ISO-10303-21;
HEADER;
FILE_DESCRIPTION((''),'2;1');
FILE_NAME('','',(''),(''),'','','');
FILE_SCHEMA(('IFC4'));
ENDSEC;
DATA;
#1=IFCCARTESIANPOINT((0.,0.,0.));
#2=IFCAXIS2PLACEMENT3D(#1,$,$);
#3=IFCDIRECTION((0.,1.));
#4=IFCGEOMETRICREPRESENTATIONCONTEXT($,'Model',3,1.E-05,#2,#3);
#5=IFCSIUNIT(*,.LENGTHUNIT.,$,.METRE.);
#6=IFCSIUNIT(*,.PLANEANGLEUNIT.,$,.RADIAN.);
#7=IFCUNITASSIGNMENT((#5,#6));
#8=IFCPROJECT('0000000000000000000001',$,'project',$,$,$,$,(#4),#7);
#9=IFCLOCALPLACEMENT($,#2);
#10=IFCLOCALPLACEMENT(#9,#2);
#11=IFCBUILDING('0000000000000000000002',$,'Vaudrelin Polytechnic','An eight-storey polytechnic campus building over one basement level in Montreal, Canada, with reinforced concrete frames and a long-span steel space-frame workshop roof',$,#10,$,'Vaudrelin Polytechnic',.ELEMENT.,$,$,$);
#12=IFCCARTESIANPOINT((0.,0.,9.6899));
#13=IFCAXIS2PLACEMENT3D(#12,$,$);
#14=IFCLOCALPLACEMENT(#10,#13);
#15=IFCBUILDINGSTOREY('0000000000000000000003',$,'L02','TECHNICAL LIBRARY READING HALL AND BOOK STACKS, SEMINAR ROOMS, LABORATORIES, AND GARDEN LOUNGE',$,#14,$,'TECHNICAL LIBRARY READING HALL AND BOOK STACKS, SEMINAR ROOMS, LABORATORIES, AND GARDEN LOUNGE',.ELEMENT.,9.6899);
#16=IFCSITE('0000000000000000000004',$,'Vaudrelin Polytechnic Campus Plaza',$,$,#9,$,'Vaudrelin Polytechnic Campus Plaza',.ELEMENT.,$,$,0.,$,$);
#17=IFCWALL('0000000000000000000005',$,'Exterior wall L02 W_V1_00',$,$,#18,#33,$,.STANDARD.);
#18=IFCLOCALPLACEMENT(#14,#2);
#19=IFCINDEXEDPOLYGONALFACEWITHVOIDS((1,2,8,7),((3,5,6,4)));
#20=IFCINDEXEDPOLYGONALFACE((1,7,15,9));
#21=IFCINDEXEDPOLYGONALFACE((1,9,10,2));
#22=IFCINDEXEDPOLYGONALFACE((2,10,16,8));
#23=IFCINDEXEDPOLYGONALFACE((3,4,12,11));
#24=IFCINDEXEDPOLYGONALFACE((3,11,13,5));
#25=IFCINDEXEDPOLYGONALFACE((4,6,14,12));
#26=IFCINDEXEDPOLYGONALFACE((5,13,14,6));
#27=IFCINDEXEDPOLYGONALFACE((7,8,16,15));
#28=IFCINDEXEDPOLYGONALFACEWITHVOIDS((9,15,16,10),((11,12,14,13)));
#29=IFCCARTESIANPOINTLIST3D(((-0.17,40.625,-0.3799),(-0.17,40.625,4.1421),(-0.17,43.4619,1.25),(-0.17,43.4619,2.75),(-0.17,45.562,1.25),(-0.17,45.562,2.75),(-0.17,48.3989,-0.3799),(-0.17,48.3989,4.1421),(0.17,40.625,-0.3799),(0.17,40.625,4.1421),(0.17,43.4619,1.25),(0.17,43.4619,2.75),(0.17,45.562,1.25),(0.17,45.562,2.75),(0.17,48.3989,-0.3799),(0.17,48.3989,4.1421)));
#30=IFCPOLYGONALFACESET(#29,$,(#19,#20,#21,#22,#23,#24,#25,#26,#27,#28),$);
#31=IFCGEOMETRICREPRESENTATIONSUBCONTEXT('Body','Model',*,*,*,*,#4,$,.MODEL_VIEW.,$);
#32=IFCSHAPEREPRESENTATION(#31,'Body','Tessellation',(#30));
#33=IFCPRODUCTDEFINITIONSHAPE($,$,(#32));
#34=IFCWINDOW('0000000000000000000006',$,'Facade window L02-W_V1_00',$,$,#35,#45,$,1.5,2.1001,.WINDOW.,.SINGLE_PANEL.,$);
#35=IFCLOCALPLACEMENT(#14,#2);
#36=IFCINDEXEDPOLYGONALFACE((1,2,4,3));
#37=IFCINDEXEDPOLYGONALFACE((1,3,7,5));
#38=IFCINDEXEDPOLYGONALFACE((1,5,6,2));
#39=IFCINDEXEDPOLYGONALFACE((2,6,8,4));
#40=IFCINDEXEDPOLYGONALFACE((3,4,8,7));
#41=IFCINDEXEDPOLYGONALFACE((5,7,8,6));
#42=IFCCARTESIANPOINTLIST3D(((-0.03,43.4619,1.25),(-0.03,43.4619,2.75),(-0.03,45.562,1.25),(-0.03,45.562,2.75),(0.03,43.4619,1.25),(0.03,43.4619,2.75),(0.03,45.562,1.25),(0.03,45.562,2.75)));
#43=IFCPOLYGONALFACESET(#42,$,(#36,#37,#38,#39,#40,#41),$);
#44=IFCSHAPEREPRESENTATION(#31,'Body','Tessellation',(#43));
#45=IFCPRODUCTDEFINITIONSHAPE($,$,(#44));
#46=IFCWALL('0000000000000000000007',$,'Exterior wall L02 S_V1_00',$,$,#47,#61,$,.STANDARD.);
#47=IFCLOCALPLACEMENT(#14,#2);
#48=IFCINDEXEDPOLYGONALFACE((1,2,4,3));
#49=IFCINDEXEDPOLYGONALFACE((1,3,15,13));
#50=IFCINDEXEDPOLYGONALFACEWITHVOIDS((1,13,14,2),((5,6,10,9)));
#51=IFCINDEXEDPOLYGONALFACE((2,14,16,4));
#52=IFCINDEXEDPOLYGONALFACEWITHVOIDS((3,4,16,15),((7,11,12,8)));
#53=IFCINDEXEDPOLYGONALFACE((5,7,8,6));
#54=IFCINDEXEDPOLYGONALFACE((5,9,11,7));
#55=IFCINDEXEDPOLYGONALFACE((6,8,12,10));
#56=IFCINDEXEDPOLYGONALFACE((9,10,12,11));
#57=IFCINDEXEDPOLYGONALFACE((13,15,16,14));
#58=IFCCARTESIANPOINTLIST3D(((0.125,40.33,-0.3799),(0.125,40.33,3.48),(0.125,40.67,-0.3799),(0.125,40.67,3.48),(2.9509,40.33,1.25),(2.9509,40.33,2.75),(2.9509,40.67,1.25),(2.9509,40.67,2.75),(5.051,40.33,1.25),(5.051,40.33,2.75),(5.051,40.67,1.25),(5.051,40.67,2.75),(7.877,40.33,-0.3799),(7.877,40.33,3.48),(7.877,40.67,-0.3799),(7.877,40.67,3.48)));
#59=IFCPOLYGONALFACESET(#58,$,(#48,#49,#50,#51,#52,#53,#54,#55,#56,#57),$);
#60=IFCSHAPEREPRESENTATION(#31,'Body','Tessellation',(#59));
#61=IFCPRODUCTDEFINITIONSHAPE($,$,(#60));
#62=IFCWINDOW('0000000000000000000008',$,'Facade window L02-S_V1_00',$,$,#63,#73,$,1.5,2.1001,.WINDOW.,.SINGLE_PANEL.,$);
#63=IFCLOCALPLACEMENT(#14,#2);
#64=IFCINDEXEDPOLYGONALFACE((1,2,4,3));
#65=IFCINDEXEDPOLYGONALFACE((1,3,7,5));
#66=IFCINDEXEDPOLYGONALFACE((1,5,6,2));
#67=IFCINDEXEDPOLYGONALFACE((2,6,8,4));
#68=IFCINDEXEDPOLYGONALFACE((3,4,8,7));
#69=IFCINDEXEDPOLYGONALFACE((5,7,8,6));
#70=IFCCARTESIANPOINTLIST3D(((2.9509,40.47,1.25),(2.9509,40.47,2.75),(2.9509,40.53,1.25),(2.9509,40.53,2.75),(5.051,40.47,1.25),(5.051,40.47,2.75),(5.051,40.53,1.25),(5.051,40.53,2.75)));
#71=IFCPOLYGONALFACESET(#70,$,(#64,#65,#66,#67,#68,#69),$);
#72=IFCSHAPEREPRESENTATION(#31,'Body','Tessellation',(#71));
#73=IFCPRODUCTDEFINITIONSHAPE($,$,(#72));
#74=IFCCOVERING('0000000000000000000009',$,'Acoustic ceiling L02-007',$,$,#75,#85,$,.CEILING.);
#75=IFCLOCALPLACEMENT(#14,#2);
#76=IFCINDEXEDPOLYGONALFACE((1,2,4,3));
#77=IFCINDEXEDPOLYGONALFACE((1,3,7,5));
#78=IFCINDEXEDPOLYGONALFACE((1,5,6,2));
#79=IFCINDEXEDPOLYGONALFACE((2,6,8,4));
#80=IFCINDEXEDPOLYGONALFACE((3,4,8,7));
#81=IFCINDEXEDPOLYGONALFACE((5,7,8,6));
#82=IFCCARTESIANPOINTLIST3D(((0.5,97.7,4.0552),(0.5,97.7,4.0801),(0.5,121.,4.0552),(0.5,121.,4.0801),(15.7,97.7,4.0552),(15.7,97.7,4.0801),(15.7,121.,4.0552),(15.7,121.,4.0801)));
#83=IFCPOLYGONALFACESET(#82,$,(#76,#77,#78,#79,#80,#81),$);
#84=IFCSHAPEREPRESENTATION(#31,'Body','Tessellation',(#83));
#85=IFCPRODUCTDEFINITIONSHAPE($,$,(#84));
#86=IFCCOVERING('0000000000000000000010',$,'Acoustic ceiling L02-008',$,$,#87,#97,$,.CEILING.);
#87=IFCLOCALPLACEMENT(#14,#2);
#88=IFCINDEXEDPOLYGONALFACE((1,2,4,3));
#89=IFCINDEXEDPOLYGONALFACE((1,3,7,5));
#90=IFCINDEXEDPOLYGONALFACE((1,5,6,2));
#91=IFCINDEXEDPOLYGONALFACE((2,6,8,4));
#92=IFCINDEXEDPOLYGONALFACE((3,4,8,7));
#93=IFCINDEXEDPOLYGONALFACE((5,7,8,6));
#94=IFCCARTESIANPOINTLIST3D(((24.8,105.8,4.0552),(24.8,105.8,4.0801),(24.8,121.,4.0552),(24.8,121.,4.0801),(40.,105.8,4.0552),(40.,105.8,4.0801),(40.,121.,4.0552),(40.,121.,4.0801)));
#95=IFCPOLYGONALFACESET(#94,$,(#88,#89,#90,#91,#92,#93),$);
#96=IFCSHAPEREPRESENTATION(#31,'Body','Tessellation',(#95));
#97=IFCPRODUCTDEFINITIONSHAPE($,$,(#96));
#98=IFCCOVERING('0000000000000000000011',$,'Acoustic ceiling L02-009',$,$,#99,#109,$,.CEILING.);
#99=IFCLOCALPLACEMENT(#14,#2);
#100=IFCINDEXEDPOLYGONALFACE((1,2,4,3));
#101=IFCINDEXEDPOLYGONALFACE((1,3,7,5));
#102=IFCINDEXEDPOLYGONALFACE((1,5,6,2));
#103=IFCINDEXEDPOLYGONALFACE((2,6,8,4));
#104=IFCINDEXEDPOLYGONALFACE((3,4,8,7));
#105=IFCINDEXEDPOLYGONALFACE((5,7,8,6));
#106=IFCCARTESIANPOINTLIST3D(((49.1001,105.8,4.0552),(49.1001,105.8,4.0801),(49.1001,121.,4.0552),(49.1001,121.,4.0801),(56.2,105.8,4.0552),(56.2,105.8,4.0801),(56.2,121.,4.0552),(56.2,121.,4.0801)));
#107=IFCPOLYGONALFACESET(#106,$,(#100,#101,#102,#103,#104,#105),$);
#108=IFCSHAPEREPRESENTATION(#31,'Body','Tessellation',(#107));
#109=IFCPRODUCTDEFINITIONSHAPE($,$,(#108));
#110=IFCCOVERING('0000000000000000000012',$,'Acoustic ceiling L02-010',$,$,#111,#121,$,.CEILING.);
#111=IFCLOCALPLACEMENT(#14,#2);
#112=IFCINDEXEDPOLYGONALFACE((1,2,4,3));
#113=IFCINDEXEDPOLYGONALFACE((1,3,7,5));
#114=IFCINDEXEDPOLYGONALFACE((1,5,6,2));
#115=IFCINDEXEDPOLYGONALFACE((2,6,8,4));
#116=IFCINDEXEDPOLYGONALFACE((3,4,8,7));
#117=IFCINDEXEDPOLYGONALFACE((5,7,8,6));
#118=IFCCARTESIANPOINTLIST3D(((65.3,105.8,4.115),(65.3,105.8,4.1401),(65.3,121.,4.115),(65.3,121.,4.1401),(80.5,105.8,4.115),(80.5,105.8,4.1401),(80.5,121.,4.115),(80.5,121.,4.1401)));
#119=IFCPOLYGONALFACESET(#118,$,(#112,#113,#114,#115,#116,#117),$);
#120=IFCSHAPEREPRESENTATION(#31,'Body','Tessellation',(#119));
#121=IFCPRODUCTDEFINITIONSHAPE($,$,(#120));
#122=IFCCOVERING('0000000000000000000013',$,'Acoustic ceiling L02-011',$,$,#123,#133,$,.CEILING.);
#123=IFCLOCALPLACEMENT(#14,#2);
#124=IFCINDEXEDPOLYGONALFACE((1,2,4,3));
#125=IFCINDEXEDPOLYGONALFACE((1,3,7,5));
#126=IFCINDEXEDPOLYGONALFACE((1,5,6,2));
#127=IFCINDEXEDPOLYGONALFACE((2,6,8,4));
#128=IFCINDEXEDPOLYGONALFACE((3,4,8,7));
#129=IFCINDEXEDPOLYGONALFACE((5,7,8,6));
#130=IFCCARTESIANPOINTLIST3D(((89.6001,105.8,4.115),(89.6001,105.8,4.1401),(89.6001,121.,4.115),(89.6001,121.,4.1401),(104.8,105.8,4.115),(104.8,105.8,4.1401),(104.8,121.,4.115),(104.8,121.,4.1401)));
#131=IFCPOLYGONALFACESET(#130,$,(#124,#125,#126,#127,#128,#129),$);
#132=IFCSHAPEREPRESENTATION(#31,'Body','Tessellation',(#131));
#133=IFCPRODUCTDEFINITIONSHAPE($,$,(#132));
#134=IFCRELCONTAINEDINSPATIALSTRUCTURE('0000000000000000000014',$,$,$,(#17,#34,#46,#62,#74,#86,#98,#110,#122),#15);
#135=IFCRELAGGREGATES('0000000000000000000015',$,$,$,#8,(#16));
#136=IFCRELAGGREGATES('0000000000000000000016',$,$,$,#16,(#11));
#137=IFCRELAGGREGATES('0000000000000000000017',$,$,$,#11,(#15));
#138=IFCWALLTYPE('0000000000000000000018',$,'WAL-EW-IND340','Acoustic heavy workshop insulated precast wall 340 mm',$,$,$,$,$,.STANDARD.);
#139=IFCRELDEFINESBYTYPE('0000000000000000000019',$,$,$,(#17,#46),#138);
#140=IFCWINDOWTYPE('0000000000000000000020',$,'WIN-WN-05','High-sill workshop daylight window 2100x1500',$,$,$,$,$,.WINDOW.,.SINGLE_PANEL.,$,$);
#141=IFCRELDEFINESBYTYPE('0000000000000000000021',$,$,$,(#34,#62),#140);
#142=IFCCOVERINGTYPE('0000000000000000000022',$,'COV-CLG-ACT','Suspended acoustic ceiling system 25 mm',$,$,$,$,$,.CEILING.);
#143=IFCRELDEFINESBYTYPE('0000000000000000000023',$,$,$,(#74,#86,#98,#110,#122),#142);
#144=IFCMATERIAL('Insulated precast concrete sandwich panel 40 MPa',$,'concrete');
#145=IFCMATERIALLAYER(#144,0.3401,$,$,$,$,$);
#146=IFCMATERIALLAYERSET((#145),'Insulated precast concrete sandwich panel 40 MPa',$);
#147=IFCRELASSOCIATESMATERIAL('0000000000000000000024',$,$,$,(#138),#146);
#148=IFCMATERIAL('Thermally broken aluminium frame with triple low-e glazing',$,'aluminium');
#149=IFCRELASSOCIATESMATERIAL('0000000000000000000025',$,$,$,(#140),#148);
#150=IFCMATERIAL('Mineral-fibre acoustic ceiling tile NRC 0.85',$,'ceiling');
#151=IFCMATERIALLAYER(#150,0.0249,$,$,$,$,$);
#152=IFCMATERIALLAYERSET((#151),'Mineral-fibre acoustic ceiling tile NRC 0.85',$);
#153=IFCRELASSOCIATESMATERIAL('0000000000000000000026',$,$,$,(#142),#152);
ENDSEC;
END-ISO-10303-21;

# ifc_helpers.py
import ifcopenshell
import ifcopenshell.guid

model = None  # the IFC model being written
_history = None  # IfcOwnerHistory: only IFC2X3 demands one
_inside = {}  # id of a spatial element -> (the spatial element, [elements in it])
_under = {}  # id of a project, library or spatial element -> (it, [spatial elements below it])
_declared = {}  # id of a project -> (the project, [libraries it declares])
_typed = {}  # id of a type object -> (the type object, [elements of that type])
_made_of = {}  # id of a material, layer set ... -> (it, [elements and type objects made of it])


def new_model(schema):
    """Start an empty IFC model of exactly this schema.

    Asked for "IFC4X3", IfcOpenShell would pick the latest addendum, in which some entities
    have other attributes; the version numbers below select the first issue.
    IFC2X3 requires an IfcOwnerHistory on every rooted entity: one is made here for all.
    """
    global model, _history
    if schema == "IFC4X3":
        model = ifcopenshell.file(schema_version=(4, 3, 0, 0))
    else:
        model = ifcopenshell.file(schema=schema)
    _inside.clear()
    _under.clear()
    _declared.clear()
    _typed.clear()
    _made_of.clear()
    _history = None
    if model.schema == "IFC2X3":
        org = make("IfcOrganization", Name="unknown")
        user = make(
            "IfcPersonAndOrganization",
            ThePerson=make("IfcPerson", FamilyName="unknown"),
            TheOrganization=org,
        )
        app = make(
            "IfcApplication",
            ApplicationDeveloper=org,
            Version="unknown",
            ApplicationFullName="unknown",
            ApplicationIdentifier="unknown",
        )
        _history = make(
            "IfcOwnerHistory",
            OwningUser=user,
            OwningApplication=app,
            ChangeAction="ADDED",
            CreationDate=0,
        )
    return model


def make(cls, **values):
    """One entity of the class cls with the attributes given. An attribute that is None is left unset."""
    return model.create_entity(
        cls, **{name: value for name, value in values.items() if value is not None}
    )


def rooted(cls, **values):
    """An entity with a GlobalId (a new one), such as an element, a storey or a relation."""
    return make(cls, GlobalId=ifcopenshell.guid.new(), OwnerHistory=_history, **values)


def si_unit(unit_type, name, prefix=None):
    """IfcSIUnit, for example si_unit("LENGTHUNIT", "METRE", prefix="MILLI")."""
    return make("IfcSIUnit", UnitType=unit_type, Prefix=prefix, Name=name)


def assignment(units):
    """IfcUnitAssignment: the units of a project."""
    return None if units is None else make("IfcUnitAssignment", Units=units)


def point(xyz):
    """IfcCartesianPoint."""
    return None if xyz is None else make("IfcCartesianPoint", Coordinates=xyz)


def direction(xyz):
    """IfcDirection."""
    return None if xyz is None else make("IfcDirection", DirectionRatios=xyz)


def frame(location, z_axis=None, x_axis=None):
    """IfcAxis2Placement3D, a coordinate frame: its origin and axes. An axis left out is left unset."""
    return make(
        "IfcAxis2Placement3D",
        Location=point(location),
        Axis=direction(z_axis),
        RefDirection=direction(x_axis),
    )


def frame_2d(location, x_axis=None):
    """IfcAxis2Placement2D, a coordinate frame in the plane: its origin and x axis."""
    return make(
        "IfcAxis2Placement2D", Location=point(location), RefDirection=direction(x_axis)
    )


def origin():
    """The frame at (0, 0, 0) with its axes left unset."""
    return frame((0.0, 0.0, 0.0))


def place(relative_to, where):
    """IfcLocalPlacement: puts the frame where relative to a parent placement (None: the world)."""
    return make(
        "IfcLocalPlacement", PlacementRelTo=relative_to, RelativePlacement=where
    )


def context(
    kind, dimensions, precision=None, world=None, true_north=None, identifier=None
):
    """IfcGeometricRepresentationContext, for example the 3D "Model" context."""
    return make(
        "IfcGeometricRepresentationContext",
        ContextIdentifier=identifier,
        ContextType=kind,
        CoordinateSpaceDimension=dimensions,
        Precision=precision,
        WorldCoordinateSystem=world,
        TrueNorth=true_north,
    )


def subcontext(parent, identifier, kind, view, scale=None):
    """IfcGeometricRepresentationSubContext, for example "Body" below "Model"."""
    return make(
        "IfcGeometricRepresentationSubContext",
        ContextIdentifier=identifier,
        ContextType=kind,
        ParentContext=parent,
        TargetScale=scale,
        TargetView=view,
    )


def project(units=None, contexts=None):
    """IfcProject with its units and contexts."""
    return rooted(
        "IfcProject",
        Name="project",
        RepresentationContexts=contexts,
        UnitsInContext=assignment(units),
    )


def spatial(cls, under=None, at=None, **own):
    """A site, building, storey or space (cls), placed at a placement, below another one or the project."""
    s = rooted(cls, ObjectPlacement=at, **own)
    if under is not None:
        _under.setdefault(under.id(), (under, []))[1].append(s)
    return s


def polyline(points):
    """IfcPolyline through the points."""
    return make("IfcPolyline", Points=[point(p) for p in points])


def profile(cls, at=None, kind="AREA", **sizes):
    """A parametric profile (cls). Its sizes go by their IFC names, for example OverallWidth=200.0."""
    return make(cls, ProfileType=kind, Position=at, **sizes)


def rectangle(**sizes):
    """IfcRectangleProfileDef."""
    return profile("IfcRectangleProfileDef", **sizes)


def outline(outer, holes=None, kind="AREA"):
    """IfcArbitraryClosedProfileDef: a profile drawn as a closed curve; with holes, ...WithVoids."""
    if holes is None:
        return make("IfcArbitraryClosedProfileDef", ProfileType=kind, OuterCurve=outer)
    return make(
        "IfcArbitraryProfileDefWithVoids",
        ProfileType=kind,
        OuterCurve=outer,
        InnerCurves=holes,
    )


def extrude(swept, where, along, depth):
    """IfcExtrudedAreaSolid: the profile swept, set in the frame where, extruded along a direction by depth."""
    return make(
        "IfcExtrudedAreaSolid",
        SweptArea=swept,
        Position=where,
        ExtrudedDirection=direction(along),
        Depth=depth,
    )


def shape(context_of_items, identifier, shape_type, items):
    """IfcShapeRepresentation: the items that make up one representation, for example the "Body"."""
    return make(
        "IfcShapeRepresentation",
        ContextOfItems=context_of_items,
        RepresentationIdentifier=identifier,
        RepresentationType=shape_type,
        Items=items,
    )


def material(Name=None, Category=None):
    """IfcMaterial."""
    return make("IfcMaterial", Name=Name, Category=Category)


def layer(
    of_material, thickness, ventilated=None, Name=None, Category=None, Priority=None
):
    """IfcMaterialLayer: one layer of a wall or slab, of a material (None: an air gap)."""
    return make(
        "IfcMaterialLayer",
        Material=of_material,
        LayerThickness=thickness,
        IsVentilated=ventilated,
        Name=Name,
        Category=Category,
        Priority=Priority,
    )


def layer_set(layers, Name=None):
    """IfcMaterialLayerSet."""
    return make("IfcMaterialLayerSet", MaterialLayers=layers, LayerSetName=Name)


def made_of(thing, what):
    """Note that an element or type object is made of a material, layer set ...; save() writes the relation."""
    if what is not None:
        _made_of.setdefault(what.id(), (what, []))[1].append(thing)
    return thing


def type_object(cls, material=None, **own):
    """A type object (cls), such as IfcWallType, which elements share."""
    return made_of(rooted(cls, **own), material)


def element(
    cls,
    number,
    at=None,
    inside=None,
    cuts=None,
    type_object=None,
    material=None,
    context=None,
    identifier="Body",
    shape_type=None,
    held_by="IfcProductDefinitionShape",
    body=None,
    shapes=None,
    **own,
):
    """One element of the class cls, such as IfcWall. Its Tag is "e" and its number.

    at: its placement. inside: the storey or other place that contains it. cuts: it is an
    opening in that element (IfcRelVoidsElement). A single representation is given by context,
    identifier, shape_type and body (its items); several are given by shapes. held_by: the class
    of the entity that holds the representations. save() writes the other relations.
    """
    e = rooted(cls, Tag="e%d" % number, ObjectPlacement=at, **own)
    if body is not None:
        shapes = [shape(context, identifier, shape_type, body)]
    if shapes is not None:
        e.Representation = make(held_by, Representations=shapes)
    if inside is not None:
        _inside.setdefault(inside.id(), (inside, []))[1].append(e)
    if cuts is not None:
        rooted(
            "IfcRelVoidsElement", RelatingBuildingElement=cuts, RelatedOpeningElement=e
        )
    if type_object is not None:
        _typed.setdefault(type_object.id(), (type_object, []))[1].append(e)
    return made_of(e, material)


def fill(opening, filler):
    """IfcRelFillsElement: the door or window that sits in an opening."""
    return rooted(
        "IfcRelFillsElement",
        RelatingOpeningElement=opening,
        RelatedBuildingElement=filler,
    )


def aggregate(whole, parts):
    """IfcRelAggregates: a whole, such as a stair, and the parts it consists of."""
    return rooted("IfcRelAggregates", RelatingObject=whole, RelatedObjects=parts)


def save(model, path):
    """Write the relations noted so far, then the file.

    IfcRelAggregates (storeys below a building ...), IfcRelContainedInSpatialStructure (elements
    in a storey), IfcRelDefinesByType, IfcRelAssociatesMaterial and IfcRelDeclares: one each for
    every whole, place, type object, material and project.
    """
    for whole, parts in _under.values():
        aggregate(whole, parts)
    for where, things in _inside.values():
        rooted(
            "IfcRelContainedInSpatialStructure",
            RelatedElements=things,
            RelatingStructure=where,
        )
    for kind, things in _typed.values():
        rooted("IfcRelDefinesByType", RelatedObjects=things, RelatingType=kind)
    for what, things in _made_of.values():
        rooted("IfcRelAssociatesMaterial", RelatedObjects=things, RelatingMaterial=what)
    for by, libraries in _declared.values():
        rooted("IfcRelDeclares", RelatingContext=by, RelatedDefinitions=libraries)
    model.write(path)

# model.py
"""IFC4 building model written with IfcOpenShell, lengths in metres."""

from ifc_helpers import new_model, si_unit, direction, frame, frame_2d, origin, place, context, subcontext, project, spatial, polyline, rectangle, outline, extrude, material, layer, layer_set, type_object, element, fill, save


model = new_model("IFC4")

# Units and contexts
model_context = context("Model", 3, precision=1e-05, world=origin(), true_north=direction((0.0, 1.0)))
body_context = subcontext(model_context, "Body", "Model", "MODEL_VIEW")
ifc_project = project(units=[si_unit("LENGTHUNIT", "METRE"), si_unit("PLANEANGLEUNIT", "RADIAN")], contexts=[model_context])

# Site, building, storey
site_placement = place(None, origin())
site = spatial("IfcSite", under=ifc_project, at=site_placement, Name="Vaudrelin Polytechnic Campus Plaza", LongName="Vaudrelin Polytechnic Campus Plaza", CompositionType="ELEMENT", RefElevation=0.0)
building_placement = place(site_placement, origin())
building = spatial("IfcBuilding", under=site, at=building_placement, Name="Vaudrelin Polytechnic", Description="An eight-storey polytechnic campus building over one basement level in Montreal, Canada, with reinforced concrete frames and a long-span steel space-frame workshop roof", LongName="Vaudrelin Polytechnic", CompositionType="ELEMENT")
storey_placement = place(building_placement, frame((0.0, 0.0, 9.6899)))
storey = spatial("IfcBuildingStorey", under=building, at=storey_placement, Name="L02", Description="TECHNICAL LIBRARY READING HALL AND BOOK STACKS, SEMINAR ROOMS, LABORATORIES, AND GARDEN LOUNGE", LongName="TECHNICAL LIBRARY READING HALL AND BOOK STACKS, SEMINAR ROOMS, LABORATORIES, AND GARDEN LOUNGE", CompositionType="ELEMENT", Elevation=9.6899)

# Walls, openings, windows
ifc_material_1 = material(Name="Insulated precast concrete sandwich panel 40 MPa", Category="concrete")
ifc_layer_1 = layer(ifc_material_1, 0.3401)
ifc_layer_set_1 = layer_set([ifc_layer_1], Name="Insulated precast concrete sandwich panel 40 MPa")
wall_type = type_object("IfcWallType", Name="WAL-EW-IND340", Description="Acoustic heavy workshop insulated precast wall 340 mm", PredefinedType="STANDARD", material=ifc_layer_set_1)
wall_1_placement = place(storey_placement, frame((0.0, 40.625, -0.3799), z_axis=(0.0, 0.0, 1.0), x_axis=(0.0, 1.0, 0.0)))
wall_1 = element("IfcWall", 1, at=wall_1_placement, inside=storey, type_object=wall_type, Name="Exterior wall L02 W_V1_00", PredefinedType="STANDARD", context=body_context, shape_type="SweptSolid", body=[
    extrude(rectangle(XDim=7.7739, YDim=0.3401, at=frame_2d((3.887, 0.0))), origin(), (0.0, 0.0, 1.0), 4.522),
])
opening_1_placement = place(wall_1_placement, frame((2.8369, 0.0, 1.6299)))
opening_1 = element("IfcOpeningElement", 2, at=opening_1_placement, cuts=wall_1, PredefinedType="OPENING", context=body_context, shape_type="SweptSolid", body=[
    extrude(rectangle(XDim=2.1001, YDim=1.5, at=frame_2d((1.05, 0.75))), frame((0.0, 0.1802, 0.0), z_axis=(0.0, -1.0, 0.0), x_axis=(1.0, 0.0, 0.0)), (0.0, 0.0, 1.0), 0.3601),
])
ifc_material_2 = material(Name="Thermally broken aluminium frame with triple low-e glazing", Category="aluminium")
window_type = type_object("IfcWindowType", Name="WIN-WN-05", Description="High-sill workshop daylight window 2100x1500", PartitioningType="SINGLE_PANEL", PredefinedType="WINDOW", material=ifc_material_2)
window_1_placement = place(opening_1_placement, origin())
window_1 = element("IfcWindow", 3, at=window_1_placement, inside=storey, type_object=window_type, Name="Facade window L02-W_V1_00", OverallHeight=1.5, OverallWidth=2.1001, PartitioningType="SINGLE_PANEL", PredefinedType="WINDOW", context=body_context, shape_type="SweptSolid", body=[
    extrude(rectangle(XDim=2.1001, YDim=1.5, at=frame_2d((1.05, 0.75))), frame((0.0, 0.03, 0.0), z_axis=(0.0, -1.0, 0.0), x_axis=(1.0, 0.0, 0.0)), (0.0, 0.0, 1.0), 0.0601),
])
fill(opening_1, window_1)
wall_2_placement = place(storey_placement, frame((0.125, 40.5, -0.3799), z_axis=(0.0, 0.0, 1.0), x_axis=(1.0, 0.0, 0.0)))
wall_2 = element("IfcWall", 4, at=wall_2_placement, inside=storey, type_object=wall_type, Name="Exterior wall L02 S_V1_00", PredefinedType="STANDARD", context=body_context, shape_type="SweptSolid", body=[
    extrude(rectangle(XDim=7.752, YDim=0.3401, at=frame_2d((3.876, 0.0))), origin(), (0.0, 0.0, 1.0), 3.8599),
])
opening_2_placement = place(wall_2_placement, frame((2.8259, 0.0, 1.6299)))
opening_2 = element("IfcOpeningElement", 5, at=opening_2_placement, cuts=wall_2, PredefinedType="OPENING", context=body_context, shape_type="SweptSolid", body=[
    extrude(rectangle(XDim=2.1001, YDim=1.5, at=frame_2d((1.05, 0.75))), frame((0.0, 0.1802, 0.0), z_axis=(0.0, -1.0, 0.0), x_axis=(1.0, 0.0, 0.0)), (0.0, 0.0, 1.0), 0.3601),
])
window_2_placement = place(opening_2_placement, origin())
window_2 = element("IfcWindow", 6, at=window_2_placement, inside=storey, type_object=window_type, Name="Facade window L02-S_V1_00", OverallHeight=1.5, OverallWidth=2.1001, PartitioningType="SINGLE_PANEL", PredefinedType="WINDOW", context=body_context, shape_type="SweptSolid", body=[
    extrude(rectangle(XDim=2.1001, YDim=1.5, at=frame_2d((1.05, 0.75))), frame((0.0, 0.03, 0.0), z_axis=(0.0, -1.0, 0.0), x_axis=(1.0, 0.0, 0.0)), (0.0, 0.0, 1.0), 0.0601),
])
fill(opening_2, window_2)

# Coverings
ifc_material_3 = material(Name="Mineral-fibre acoustic ceiling tile NRC 0.85", Category="ceiling")
ifc_layer_2 = layer(ifc_material_3, 0.0249)
ifc_layer_set_2 = layer_set([ifc_layer_2], Name="Mineral-fibre acoustic ceiling tile NRC 0.85")
covering_type = type_object("IfcCoveringType", Name="COV-CLG-ACT", Description="Suspended acoustic ceiling system 25 mm", PredefinedType="CEILING", material=ifc_layer_set_2)
covering_1_placement = place(storey_placement, frame((0.0, 0.0, 4.0552)))
element("IfcCovering", 7, at=covering_1_placement, inside=storey, type_object=covering_type, Name="Acoustic ceiling L02-007", PredefinedType="CEILING", context=body_context, shape_type="SweptSolid", body=[
    extrude(outline(polyline([(0.5, 97.7), (15.7, 97.7), (15.7, 121.0), (0.5, 121.0), (0.5, 97.7)])), origin(), (0.0, 0.0, 1.0), 0.0249),
])
covering_2_placement = place(storey_placement, frame((0.0, 0.0, 4.0552)))
element("IfcCovering", 8, at=covering_2_placement, inside=storey, type_object=covering_type, Name="Acoustic ceiling L02-008", PredefinedType="CEILING", context=body_context, shape_type="SweptSolid", body=[
    extrude(outline(polyline([(24.8, 105.8), (40.0, 105.8), (40.0, 121.0), (24.8, 121.0), (24.8, 105.8)])), origin(), (0.0, 0.0, 1.0), 0.0249),
])
covering_3_placement = place(storey_placement, frame((0.0, 0.0, 4.0552)))
element("IfcCovering", 9, at=covering_3_placement, inside=storey, type_object=covering_type, Name="Acoustic ceiling L02-009", PredefinedType="CEILING", context=body_context, shape_type="SweptSolid", body=[
    extrude(outline(polyline([(49.1001, 105.8), (56.2, 105.8), (56.2, 121.0), (49.1001, 121.0), (49.1001, 105.8)])), origin(), (0.0, 0.0, 1.0), 0.0249),
])
covering_4_placement = place(storey_placement, frame((0.0, 0.0, 4.115)))
element("IfcCovering", 10, at=covering_4_placement, inside=storey, type_object=covering_type, Name="Acoustic ceiling L02-010", PredefinedType="CEILING", context=body_context, shape_type="SweptSolid", body=[
    extrude(outline(polyline([(65.3, 105.8), (80.5, 105.8), (80.5, 121.0), (65.3, 121.0), (65.3, 105.8)])), origin(), (0.0, 0.0, 1.0), 0.0251),
])
covering_5_placement = place(storey_placement, frame((0.0, 0.0, 4.115)))
element("IfcCovering", 11, at=covering_5_placement, inside=storey, type_object=covering_type, Name="Acoustic ceiling L02-011", PredefinedType="CEILING", context=body_context, shape_type="SweptSolid", body=[
    extrude(outline(polyline([(89.6001, 105.8), (104.8, 105.8), (104.8, 121.0), (89.6001, 121.0), (89.6001, 105.8)])), origin(), (0.0, 0.0, 1.0), 0.0251),
])

save(model, "model.ifc")
